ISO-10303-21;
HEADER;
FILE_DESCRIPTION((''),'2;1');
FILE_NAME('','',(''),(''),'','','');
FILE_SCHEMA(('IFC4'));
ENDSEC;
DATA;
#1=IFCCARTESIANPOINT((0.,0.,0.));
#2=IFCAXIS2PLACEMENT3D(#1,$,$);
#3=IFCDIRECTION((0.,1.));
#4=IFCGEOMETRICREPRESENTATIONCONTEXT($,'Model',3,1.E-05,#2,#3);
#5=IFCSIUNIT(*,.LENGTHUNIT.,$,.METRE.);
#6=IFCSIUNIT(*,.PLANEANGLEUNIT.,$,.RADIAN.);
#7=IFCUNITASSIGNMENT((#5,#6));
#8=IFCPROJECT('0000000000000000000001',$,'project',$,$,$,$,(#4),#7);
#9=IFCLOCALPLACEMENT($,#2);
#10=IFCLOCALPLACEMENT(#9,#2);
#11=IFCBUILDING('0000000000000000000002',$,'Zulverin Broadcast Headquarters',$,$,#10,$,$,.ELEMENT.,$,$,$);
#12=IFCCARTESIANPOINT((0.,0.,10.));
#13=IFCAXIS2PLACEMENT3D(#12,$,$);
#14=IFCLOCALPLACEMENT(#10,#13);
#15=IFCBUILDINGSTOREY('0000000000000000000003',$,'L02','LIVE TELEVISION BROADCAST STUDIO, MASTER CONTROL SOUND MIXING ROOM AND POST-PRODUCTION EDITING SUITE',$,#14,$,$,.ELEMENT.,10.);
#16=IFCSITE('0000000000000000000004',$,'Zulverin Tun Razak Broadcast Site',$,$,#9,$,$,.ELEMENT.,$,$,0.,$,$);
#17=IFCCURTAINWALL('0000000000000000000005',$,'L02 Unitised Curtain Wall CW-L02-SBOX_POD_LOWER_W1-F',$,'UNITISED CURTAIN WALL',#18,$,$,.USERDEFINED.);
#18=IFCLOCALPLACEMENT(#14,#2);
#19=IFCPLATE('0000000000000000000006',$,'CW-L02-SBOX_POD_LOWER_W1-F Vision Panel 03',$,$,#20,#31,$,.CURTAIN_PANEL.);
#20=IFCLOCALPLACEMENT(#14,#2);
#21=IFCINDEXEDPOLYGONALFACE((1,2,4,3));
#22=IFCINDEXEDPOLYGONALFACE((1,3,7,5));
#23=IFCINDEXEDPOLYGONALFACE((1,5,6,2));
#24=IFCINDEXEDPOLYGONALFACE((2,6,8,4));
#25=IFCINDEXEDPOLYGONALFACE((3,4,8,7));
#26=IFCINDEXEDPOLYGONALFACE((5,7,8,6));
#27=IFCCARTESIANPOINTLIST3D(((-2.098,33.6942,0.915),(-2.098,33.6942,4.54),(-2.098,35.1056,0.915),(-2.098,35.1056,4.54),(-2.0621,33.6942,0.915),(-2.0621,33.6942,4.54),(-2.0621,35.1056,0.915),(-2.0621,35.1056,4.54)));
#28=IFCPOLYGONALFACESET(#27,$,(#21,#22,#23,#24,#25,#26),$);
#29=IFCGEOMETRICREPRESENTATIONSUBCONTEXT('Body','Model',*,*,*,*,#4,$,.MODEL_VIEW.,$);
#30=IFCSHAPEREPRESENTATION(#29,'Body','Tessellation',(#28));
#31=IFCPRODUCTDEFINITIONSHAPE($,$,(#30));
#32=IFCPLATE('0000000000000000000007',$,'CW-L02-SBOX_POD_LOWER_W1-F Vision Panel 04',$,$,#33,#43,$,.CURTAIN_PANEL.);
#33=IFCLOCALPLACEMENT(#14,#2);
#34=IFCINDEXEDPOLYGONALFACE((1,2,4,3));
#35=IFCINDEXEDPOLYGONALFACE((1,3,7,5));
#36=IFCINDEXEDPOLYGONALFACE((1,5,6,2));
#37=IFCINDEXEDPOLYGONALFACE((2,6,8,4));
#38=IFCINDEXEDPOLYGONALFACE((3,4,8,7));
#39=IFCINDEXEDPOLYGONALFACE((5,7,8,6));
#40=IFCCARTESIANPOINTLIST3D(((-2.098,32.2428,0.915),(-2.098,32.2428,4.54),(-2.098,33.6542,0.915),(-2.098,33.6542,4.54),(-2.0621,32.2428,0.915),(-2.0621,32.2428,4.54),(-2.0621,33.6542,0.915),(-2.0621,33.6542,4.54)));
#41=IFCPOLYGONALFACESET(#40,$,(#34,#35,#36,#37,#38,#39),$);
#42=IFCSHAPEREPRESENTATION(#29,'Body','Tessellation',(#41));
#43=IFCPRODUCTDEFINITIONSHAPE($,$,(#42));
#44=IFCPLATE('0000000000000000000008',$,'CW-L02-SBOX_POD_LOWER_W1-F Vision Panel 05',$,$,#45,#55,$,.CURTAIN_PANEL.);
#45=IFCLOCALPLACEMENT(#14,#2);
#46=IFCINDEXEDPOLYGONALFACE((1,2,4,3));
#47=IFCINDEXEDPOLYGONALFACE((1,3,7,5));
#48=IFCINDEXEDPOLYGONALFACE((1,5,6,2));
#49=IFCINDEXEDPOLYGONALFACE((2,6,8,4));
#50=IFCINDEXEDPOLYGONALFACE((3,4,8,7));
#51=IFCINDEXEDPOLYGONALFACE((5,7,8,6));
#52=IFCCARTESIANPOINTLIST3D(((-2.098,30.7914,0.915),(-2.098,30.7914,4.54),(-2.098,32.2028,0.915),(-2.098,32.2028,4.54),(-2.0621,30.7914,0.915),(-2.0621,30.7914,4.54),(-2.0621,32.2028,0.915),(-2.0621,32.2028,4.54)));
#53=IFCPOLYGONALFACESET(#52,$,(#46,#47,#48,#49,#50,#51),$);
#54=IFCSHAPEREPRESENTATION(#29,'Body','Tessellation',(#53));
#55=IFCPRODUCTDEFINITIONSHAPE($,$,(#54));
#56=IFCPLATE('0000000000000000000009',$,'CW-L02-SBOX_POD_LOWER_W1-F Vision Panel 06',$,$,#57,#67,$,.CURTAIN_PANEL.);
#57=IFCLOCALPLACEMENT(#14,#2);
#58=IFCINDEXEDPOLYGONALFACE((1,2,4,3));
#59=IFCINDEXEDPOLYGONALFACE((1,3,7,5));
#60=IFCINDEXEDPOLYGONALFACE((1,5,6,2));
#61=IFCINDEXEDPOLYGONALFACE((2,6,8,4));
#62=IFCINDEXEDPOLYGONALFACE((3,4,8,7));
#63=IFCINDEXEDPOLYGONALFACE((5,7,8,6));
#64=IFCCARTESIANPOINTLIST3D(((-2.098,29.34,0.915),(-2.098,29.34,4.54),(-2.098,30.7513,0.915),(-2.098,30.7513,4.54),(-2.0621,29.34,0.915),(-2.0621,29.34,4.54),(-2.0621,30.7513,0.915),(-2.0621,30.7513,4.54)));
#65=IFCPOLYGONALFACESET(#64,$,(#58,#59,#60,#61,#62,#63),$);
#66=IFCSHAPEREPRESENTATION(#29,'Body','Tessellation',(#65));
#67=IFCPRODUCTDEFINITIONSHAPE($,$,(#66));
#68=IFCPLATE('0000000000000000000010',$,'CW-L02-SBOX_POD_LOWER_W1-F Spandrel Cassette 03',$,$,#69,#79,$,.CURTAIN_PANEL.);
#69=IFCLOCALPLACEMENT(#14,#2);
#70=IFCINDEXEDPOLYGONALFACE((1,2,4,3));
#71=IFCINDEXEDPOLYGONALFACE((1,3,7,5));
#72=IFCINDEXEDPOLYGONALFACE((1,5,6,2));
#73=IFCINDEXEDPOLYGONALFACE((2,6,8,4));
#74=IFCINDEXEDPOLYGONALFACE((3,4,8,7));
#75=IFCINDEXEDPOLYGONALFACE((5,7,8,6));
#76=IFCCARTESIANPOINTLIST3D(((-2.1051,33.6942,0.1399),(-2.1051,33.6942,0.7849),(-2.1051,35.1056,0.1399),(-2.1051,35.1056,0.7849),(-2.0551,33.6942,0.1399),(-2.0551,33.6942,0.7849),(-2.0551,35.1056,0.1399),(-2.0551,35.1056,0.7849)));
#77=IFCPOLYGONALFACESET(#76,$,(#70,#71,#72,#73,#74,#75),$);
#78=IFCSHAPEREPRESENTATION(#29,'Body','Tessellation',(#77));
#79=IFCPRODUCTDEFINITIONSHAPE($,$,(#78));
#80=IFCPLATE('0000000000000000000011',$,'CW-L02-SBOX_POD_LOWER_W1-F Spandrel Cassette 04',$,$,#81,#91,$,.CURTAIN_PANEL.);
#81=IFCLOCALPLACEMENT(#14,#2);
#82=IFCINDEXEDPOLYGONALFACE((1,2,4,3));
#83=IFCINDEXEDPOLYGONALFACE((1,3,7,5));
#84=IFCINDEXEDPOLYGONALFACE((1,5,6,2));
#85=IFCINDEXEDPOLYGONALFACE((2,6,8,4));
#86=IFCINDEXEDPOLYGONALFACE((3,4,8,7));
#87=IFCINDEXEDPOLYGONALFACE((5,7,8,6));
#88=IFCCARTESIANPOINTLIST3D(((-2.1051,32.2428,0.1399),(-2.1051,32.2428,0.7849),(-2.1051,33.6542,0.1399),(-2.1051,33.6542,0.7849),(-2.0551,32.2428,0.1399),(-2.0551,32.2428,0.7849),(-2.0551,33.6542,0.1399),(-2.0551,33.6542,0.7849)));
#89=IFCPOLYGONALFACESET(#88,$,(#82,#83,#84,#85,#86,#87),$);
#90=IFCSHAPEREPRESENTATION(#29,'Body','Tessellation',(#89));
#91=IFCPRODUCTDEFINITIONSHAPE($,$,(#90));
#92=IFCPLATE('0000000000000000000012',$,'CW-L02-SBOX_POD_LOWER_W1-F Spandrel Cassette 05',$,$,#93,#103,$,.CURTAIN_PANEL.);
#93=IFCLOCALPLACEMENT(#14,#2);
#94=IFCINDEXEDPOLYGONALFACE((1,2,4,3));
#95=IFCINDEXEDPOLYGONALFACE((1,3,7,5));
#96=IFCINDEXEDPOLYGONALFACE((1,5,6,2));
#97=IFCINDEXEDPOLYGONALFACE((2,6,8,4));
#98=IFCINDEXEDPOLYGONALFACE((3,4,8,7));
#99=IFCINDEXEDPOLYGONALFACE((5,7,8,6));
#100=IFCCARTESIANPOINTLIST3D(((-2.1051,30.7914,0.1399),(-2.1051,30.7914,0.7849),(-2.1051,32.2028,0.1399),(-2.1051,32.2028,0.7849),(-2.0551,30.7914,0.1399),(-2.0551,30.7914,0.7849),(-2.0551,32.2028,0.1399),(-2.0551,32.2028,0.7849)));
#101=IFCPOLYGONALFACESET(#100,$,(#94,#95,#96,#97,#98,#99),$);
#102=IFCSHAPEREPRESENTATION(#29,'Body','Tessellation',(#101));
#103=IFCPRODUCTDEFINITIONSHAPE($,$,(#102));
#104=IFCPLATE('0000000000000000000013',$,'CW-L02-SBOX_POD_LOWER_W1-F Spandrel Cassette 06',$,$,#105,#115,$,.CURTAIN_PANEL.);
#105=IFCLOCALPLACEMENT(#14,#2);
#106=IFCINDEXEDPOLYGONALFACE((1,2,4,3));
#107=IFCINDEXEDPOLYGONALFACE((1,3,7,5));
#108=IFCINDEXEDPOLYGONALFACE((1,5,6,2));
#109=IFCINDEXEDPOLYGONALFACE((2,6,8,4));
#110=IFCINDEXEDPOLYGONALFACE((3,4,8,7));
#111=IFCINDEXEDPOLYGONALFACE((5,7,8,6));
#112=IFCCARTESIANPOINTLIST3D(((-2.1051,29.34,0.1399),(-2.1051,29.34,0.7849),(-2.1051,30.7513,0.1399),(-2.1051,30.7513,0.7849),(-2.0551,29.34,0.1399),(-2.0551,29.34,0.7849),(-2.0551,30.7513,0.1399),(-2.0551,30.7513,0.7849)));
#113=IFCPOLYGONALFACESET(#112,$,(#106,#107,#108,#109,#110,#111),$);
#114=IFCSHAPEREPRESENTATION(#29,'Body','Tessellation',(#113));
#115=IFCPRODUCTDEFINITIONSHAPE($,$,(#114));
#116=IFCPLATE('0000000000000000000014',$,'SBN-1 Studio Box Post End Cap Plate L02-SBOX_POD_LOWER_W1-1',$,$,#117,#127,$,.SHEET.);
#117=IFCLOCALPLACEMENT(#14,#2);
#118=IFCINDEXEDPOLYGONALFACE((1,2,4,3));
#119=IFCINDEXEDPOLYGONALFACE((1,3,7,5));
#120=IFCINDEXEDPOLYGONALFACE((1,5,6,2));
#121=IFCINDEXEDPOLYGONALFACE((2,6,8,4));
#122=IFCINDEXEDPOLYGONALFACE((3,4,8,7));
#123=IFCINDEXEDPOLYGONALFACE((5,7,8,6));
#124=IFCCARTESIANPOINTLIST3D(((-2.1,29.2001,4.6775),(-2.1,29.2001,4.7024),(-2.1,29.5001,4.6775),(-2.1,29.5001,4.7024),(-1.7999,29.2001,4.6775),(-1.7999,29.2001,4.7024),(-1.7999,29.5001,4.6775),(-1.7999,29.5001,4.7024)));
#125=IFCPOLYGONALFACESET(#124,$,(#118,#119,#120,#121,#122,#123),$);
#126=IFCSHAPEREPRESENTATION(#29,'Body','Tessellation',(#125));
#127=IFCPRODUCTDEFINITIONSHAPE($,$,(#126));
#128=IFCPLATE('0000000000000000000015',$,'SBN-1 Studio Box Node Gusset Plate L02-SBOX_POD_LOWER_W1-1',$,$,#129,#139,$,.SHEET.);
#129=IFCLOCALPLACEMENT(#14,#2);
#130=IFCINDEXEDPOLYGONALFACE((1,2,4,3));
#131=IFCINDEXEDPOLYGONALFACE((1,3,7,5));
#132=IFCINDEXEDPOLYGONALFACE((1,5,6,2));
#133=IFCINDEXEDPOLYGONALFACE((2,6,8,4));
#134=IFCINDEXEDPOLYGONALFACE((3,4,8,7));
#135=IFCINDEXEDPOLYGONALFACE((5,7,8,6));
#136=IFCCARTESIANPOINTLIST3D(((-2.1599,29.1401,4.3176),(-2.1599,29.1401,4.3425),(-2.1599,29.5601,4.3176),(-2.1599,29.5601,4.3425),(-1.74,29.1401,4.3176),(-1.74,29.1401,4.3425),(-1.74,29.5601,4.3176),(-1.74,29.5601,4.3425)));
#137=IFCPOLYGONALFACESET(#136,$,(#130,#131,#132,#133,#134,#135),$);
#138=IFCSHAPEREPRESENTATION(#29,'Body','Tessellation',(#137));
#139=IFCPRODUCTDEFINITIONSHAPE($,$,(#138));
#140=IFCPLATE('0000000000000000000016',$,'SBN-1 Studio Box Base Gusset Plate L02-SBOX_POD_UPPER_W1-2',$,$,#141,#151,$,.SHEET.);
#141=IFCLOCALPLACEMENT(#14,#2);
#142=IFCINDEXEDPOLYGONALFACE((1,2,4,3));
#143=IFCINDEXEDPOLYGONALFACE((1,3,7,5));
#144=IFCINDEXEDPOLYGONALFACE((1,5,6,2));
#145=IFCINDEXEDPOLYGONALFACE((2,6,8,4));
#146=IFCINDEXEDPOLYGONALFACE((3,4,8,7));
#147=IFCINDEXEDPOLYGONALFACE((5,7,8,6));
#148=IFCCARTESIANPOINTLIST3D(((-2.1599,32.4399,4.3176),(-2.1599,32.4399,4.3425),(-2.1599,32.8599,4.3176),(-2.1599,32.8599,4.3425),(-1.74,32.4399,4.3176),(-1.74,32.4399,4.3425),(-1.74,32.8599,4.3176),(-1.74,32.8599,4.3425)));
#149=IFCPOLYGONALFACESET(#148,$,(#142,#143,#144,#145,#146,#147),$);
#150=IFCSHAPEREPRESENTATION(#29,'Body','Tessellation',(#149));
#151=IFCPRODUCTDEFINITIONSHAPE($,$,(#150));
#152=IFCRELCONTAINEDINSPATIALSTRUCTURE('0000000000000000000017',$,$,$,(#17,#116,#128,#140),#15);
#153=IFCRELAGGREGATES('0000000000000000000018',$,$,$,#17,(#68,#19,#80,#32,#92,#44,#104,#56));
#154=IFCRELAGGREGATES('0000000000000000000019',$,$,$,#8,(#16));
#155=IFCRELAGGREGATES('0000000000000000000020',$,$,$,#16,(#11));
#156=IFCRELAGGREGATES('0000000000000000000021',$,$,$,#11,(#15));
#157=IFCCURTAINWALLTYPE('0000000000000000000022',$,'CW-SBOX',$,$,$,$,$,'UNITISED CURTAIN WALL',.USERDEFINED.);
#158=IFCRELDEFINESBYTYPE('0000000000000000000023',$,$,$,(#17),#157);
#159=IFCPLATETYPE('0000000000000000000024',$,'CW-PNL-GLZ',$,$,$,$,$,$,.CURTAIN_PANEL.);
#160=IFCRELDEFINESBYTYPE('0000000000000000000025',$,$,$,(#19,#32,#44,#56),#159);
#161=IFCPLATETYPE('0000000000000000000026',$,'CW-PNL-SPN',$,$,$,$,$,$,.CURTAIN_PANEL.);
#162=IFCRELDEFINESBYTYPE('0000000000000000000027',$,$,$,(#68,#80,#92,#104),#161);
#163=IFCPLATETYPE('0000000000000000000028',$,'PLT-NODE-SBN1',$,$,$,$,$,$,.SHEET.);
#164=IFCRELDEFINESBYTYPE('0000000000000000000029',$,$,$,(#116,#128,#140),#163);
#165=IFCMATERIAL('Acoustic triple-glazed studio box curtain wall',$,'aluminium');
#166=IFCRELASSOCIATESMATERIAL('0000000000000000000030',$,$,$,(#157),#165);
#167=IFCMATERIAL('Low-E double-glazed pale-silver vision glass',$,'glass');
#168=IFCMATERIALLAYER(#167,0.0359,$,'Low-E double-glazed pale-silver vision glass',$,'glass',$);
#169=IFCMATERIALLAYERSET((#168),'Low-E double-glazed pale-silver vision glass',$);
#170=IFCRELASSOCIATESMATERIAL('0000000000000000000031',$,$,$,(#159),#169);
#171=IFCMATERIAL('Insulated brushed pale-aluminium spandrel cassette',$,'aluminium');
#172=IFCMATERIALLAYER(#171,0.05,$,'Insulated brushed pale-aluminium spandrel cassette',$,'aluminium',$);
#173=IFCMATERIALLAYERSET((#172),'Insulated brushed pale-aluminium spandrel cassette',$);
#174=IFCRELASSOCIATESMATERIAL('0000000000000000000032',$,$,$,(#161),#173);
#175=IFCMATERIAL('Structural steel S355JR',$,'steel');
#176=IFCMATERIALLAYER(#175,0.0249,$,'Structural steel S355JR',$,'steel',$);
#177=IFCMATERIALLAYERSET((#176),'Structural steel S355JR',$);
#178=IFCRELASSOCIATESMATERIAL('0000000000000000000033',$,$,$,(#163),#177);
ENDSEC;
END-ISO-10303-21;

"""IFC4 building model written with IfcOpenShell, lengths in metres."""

from ifc_helpers import new_model, si_unit, direction, frame, origin, origin_2d, place, context, subcontext, project, spatial, rectangle, extrude, material, layer, layer_set, type_object, element, aggregate, save


model = new_model("IFC4")

# Units and contexts
model_context = context("Model", 3, precision=1e-05, world=origin(), true_north=direction((0.0, 1.0)))
body_context = subcontext(model_context, "Body", "Model", "MODEL_VIEW")
ifc_project = project(units=[si_unit("LENGTHUNIT", "METRE"), si_unit("PLANEANGLEUNIT", "RADIAN")], contexts=[model_context])

# Site, building, storey
site_placement = place(None, origin())
site = spatial("IfcSite", under=ifc_project, at=site_placement, Name="Zulverin Tun Razak Broadcast Site", CompositionType="ELEMENT", RefElevation=0.0)
building_placement = place(site_placement, origin())
building = spatial("IfcBuilding", under=site, at=building_placement, Name="Zulverin Broadcast Headquarters", CompositionType="ELEMENT")
storey_placement = place(building_placement, frame((0.0, 0.0, 10.0)))
storey = spatial("IfcBuildingStorey", under=building, at=storey_placement, Name="L02", Description="LIVE TELEVISION BROADCAST STUDIO, MASTER CONTROL SOUND MIXING ROOM AND POST-PRODUCTION EDITING SUITE", CompositionType="ELEMENT", Elevation=10.0)

# Shared definitions
ifc_material_1 = material(Name="Structural steel S355JR", Category="steel")

# Curtain wall
ifc_material_2 = material(Name="Acoustic triple-glazed studio box curtain wall", Category="aluminium")
curtain_wall_type = type_object("IfcCurtainWallType", Name="CW-SBOX", ElementType="UNITISED CURTAIN WALL", PredefinedType="USERDEFINED", material=ifc_material_2)
curtain_wall_placement = place(storey_placement, origin())
curtain_wall = element("IfcCurtainWall", 1, at=curtain_wall_placement, inside=storey, type_object=curtain_wall_type, Name="L02 Unitised Curtain Wall CW-L02-SBOX_POD_LOWER_W1-F", ObjectType="UNITISED CURTAIN WALL", PredefinedType="USERDEFINED")

# Plates
ifc_material_3 = material(Name="Low-E double-glazed pale-silver vision glass", Category="glass")
ifc_layer_1 = layer(ifc_material_3, 0.0359, Name="Low-E double-glazed pale-silver vision glass", Category="glass")
ifc_layer_set_1 = layer_set([ifc_layer_1], Name="Low-E double-glazed pale-silver vision glass")
plate_type_1 = type_object("IfcPlateType", Name="CW-PNL-GLZ", PredefinedType="CURTAIN_PANEL", material=ifc_layer_set_1)
plate_1_placement = place(storey_placement, frame((-2.0801, 34.3999, 0.915), z_axis=(0.0, 0.0, 1.0), x_axis=(0.0, -1.0, 0.0)))
plate_1 = element("IfcPlate", 2, at=plate_1_placement, type_object=plate_type_1, Name="CW-L02-SBOX_POD_LOWER_W1-F Vision Panel 03", PredefinedType="CURTAIN_PANEL", context=body_context, shape_type="SweptSolid", body=[
    extrude(rectangle(XDim=1.4114, YDim=0.0359, at=origin_2d()), origin(), (0.0, 0.0, 1.0), 3.625),
])
plate_2_placement = place(storey_placement, frame((-2.0801, 32.9485, 0.915), z_axis=(0.0, 0.0, 1.0), x_axis=(0.0, -1.0, 0.0)))
plate_2 = element("IfcPlate", 3, at=plate_2_placement, type_object=plate_type_1, Name="CW-L02-SBOX_POD_LOWER_W1-F Vision Panel 04", PredefinedType="CURTAIN_PANEL", context=body_context, shape_type="SweptSolid", body=[
    extrude(rectangle(XDim=1.4114, YDim=0.0359, at=origin_2d()), origin(), (0.0, 0.0, 1.0), 3.625),
])
plate_3_placement = place(storey_placement, frame((-2.0801, 31.4971, 0.915), z_axis=(0.0, 0.0, 1.0), x_axis=(0.0, -1.0, 0.0)))
plate_3 = element("IfcPlate", 4, at=plate_3_placement, type_object=plate_type_1, Name="CW-L02-SBOX_POD_LOWER_W1-F Vision Panel 05", PredefinedType="CURTAIN_PANEL", context=body_context, shape_type="SweptSolid", body=[
    extrude(rectangle(XDim=1.4114, YDim=0.0359, at=origin_2d()), origin(), (0.0, 0.0, 1.0), 3.625),
])
plate_4_placement = place(storey_placement, frame((-2.0801, 30.0457, 0.915), z_axis=(0.0, 0.0, 1.0), x_axis=(0.0, -1.0, 0.0)))
plate_4 = element("IfcPlate", 5, at=plate_4_placement, type_object=plate_type_1, Name="CW-L02-SBOX_POD_LOWER_W1-F Vision Panel 06", PredefinedType="CURTAIN_PANEL", context=body_context, shape_type="SweptSolid", body=[
    extrude(rectangle(XDim=1.4114, YDim=0.0359, at=origin_2d()), origin(), (0.0, 0.0, 1.0), 3.625),
])
ifc_material_4 = material(Name="Insulated brushed pale-aluminium spandrel cassette", Category="aluminium")
ifc_layer_2 = layer(ifc_material_4, 0.05, Name="Insulated brushed pale-aluminium spandrel cassette", Category="aluminium")
ifc_layer_set_2 = layer_set([ifc_layer_2], Name="Insulated brushed pale-aluminium spandrel cassette")
plate_type_2 = type_object("IfcPlateType", Name="CW-PNL-SPN", PredefinedType="CURTAIN_PANEL", material=ifc_layer_set_2)
plate_5_placement = place(storey_placement, frame((-2.0801, 34.3999, 0.1399), z_axis=(0.0, 0.0, 1.0), x_axis=(0.0, -1.0, 0.0)))
plate_5 = element("IfcPlate", 6, at=plate_5_placement, type_object=plate_type_2, Name="CW-L02-SBOX_POD_LOWER_W1-F Spandrel Cassette 03", PredefinedType="CURTAIN_PANEL", context=body_context, shape_type="SweptSolid", body=[
    extrude(rectangle(XDim=1.4114, YDim=0.05, at=origin_2d()), origin(), (0.0, 0.0, 1.0), 0.645),
])
plate_6_placement = place(storey_placement, frame((-2.0801, 32.9485, 0.1399), z_axis=(0.0, 0.0, 1.0), x_axis=(0.0, -1.0, 0.0)))
plate_6 = element("IfcPlate", 7, at=plate_6_placement, type_object=plate_type_2, Name="CW-L02-SBOX_POD_LOWER_W1-F Spandrel Cassette 04", PredefinedType="CURTAIN_PANEL", context=body_context, shape_type="SweptSolid", body=[
    extrude(rectangle(XDim=1.4114, YDim=0.05, at=origin_2d()), origin(), (0.0, 0.0, 1.0), 0.645),
])
plate_7_placement = place(storey_placement, frame((-2.0801, 31.4971, 0.1399), z_axis=(0.0, 0.0, 1.0), x_axis=(0.0, -1.0, 0.0)))
plate_7 = element("IfcPlate", 8, at=plate_7_placement, type_object=plate_type_2, Name="CW-L02-SBOX_POD_LOWER_W1-F Spandrel Cassette 05", PredefinedType="CURTAIN_PANEL", context=body_context, shape_type="SweptSolid", body=[
    extrude(rectangle(XDim=1.4114, YDim=0.05, at=origin_2d()), origin(), (0.0, 0.0, 1.0), 0.645),
])
plate_8_placement = place(storey_placement, frame((-2.0801, 30.0457, 0.1399), z_axis=(0.0, 0.0, 1.0), x_axis=(0.0, -1.0, 0.0)))
plate_8 = element("IfcPlate", 9, at=plate_8_placement, type_object=plate_type_2, Name="CW-L02-SBOX_POD_LOWER_W1-F Spandrel Cassette 06", PredefinedType="CURTAIN_PANEL", context=body_context, shape_type="SweptSolid", body=[
    extrude(rectangle(XDim=1.4114, YDim=0.05, at=origin_2d()), origin(), (0.0, 0.0, 1.0), 0.645),
])
aggregate(curtain_wall, [plate_5, plate_1, plate_6, plate_2, plate_7, plate_3, plate_8, plate_4])

# Plates
ifc_layer_3 = layer(ifc_material_1, 0.0249, Name="Structural steel S355JR", Category="steel")
ifc_layer_set_3 = layer_set([ifc_layer_3], Name="Structural steel S355JR")
plate_type_3 = type_object("IfcPlateType", Name="PLT-NODE-SBN1", PredefinedType="SHEET", material=ifc_layer_set_3)
plate_9_placement = place(storey_placement, frame((-1.95, 29.3501, 4.6775), z_axis=(0.0, 0.0, 1.0), x_axis=(1.0, 0.0, 0.0)))
element("IfcPlate", 10, at=plate_9_placement, inside=storey, type_object=plate_type_3, Name="SBN-1 Studio Box Post End Cap Plate L02-SBOX_POD_LOWER_W1-1", PredefinedType="SHEET", context=body_context, shape_type="SweptSolid", body=[
    extrude(rectangle(XDim=0.3, YDim=0.3, at=origin_2d()), origin(), (0.0, 0.0, 1.0), 0.0249),
])
for number, where, z_axis, x_axis, name in (
    (11, (-1.95, 29.3501, 4.3176), (0.0, 0.0, 1.0), (1.0, 0.0, 0.0), "SBN-1 Studio Box Node Gusset Plate L02-SBOX_POD_LOWER_W1-1"),
    (12, (-1.95, 32.6499, 4.3176), (0.0, 0.0, 1.0), (1.0, 0.0, 0.0), "SBN-1 Studio Box Base Gusset Plate L02-SBOX_POD_UPPER_W1-2"),
):
    element("IfcPlate", number, at=place(storey_placement, frame(where, z_axis=z_axis, x_axis=x_axis)), inside=storey, type_object=plate_type_3, Name=name, PredefinedType="SHEET", context=body_context, shape_type="SweptSolid", body=[
        extrude(rectangle(XDim=0.4199, YDim=0.4199, at=origin_2d()), origin(), (0.0, 0.0, 1.0), 0.0249),
    ])

save(model, "model.ifc")
